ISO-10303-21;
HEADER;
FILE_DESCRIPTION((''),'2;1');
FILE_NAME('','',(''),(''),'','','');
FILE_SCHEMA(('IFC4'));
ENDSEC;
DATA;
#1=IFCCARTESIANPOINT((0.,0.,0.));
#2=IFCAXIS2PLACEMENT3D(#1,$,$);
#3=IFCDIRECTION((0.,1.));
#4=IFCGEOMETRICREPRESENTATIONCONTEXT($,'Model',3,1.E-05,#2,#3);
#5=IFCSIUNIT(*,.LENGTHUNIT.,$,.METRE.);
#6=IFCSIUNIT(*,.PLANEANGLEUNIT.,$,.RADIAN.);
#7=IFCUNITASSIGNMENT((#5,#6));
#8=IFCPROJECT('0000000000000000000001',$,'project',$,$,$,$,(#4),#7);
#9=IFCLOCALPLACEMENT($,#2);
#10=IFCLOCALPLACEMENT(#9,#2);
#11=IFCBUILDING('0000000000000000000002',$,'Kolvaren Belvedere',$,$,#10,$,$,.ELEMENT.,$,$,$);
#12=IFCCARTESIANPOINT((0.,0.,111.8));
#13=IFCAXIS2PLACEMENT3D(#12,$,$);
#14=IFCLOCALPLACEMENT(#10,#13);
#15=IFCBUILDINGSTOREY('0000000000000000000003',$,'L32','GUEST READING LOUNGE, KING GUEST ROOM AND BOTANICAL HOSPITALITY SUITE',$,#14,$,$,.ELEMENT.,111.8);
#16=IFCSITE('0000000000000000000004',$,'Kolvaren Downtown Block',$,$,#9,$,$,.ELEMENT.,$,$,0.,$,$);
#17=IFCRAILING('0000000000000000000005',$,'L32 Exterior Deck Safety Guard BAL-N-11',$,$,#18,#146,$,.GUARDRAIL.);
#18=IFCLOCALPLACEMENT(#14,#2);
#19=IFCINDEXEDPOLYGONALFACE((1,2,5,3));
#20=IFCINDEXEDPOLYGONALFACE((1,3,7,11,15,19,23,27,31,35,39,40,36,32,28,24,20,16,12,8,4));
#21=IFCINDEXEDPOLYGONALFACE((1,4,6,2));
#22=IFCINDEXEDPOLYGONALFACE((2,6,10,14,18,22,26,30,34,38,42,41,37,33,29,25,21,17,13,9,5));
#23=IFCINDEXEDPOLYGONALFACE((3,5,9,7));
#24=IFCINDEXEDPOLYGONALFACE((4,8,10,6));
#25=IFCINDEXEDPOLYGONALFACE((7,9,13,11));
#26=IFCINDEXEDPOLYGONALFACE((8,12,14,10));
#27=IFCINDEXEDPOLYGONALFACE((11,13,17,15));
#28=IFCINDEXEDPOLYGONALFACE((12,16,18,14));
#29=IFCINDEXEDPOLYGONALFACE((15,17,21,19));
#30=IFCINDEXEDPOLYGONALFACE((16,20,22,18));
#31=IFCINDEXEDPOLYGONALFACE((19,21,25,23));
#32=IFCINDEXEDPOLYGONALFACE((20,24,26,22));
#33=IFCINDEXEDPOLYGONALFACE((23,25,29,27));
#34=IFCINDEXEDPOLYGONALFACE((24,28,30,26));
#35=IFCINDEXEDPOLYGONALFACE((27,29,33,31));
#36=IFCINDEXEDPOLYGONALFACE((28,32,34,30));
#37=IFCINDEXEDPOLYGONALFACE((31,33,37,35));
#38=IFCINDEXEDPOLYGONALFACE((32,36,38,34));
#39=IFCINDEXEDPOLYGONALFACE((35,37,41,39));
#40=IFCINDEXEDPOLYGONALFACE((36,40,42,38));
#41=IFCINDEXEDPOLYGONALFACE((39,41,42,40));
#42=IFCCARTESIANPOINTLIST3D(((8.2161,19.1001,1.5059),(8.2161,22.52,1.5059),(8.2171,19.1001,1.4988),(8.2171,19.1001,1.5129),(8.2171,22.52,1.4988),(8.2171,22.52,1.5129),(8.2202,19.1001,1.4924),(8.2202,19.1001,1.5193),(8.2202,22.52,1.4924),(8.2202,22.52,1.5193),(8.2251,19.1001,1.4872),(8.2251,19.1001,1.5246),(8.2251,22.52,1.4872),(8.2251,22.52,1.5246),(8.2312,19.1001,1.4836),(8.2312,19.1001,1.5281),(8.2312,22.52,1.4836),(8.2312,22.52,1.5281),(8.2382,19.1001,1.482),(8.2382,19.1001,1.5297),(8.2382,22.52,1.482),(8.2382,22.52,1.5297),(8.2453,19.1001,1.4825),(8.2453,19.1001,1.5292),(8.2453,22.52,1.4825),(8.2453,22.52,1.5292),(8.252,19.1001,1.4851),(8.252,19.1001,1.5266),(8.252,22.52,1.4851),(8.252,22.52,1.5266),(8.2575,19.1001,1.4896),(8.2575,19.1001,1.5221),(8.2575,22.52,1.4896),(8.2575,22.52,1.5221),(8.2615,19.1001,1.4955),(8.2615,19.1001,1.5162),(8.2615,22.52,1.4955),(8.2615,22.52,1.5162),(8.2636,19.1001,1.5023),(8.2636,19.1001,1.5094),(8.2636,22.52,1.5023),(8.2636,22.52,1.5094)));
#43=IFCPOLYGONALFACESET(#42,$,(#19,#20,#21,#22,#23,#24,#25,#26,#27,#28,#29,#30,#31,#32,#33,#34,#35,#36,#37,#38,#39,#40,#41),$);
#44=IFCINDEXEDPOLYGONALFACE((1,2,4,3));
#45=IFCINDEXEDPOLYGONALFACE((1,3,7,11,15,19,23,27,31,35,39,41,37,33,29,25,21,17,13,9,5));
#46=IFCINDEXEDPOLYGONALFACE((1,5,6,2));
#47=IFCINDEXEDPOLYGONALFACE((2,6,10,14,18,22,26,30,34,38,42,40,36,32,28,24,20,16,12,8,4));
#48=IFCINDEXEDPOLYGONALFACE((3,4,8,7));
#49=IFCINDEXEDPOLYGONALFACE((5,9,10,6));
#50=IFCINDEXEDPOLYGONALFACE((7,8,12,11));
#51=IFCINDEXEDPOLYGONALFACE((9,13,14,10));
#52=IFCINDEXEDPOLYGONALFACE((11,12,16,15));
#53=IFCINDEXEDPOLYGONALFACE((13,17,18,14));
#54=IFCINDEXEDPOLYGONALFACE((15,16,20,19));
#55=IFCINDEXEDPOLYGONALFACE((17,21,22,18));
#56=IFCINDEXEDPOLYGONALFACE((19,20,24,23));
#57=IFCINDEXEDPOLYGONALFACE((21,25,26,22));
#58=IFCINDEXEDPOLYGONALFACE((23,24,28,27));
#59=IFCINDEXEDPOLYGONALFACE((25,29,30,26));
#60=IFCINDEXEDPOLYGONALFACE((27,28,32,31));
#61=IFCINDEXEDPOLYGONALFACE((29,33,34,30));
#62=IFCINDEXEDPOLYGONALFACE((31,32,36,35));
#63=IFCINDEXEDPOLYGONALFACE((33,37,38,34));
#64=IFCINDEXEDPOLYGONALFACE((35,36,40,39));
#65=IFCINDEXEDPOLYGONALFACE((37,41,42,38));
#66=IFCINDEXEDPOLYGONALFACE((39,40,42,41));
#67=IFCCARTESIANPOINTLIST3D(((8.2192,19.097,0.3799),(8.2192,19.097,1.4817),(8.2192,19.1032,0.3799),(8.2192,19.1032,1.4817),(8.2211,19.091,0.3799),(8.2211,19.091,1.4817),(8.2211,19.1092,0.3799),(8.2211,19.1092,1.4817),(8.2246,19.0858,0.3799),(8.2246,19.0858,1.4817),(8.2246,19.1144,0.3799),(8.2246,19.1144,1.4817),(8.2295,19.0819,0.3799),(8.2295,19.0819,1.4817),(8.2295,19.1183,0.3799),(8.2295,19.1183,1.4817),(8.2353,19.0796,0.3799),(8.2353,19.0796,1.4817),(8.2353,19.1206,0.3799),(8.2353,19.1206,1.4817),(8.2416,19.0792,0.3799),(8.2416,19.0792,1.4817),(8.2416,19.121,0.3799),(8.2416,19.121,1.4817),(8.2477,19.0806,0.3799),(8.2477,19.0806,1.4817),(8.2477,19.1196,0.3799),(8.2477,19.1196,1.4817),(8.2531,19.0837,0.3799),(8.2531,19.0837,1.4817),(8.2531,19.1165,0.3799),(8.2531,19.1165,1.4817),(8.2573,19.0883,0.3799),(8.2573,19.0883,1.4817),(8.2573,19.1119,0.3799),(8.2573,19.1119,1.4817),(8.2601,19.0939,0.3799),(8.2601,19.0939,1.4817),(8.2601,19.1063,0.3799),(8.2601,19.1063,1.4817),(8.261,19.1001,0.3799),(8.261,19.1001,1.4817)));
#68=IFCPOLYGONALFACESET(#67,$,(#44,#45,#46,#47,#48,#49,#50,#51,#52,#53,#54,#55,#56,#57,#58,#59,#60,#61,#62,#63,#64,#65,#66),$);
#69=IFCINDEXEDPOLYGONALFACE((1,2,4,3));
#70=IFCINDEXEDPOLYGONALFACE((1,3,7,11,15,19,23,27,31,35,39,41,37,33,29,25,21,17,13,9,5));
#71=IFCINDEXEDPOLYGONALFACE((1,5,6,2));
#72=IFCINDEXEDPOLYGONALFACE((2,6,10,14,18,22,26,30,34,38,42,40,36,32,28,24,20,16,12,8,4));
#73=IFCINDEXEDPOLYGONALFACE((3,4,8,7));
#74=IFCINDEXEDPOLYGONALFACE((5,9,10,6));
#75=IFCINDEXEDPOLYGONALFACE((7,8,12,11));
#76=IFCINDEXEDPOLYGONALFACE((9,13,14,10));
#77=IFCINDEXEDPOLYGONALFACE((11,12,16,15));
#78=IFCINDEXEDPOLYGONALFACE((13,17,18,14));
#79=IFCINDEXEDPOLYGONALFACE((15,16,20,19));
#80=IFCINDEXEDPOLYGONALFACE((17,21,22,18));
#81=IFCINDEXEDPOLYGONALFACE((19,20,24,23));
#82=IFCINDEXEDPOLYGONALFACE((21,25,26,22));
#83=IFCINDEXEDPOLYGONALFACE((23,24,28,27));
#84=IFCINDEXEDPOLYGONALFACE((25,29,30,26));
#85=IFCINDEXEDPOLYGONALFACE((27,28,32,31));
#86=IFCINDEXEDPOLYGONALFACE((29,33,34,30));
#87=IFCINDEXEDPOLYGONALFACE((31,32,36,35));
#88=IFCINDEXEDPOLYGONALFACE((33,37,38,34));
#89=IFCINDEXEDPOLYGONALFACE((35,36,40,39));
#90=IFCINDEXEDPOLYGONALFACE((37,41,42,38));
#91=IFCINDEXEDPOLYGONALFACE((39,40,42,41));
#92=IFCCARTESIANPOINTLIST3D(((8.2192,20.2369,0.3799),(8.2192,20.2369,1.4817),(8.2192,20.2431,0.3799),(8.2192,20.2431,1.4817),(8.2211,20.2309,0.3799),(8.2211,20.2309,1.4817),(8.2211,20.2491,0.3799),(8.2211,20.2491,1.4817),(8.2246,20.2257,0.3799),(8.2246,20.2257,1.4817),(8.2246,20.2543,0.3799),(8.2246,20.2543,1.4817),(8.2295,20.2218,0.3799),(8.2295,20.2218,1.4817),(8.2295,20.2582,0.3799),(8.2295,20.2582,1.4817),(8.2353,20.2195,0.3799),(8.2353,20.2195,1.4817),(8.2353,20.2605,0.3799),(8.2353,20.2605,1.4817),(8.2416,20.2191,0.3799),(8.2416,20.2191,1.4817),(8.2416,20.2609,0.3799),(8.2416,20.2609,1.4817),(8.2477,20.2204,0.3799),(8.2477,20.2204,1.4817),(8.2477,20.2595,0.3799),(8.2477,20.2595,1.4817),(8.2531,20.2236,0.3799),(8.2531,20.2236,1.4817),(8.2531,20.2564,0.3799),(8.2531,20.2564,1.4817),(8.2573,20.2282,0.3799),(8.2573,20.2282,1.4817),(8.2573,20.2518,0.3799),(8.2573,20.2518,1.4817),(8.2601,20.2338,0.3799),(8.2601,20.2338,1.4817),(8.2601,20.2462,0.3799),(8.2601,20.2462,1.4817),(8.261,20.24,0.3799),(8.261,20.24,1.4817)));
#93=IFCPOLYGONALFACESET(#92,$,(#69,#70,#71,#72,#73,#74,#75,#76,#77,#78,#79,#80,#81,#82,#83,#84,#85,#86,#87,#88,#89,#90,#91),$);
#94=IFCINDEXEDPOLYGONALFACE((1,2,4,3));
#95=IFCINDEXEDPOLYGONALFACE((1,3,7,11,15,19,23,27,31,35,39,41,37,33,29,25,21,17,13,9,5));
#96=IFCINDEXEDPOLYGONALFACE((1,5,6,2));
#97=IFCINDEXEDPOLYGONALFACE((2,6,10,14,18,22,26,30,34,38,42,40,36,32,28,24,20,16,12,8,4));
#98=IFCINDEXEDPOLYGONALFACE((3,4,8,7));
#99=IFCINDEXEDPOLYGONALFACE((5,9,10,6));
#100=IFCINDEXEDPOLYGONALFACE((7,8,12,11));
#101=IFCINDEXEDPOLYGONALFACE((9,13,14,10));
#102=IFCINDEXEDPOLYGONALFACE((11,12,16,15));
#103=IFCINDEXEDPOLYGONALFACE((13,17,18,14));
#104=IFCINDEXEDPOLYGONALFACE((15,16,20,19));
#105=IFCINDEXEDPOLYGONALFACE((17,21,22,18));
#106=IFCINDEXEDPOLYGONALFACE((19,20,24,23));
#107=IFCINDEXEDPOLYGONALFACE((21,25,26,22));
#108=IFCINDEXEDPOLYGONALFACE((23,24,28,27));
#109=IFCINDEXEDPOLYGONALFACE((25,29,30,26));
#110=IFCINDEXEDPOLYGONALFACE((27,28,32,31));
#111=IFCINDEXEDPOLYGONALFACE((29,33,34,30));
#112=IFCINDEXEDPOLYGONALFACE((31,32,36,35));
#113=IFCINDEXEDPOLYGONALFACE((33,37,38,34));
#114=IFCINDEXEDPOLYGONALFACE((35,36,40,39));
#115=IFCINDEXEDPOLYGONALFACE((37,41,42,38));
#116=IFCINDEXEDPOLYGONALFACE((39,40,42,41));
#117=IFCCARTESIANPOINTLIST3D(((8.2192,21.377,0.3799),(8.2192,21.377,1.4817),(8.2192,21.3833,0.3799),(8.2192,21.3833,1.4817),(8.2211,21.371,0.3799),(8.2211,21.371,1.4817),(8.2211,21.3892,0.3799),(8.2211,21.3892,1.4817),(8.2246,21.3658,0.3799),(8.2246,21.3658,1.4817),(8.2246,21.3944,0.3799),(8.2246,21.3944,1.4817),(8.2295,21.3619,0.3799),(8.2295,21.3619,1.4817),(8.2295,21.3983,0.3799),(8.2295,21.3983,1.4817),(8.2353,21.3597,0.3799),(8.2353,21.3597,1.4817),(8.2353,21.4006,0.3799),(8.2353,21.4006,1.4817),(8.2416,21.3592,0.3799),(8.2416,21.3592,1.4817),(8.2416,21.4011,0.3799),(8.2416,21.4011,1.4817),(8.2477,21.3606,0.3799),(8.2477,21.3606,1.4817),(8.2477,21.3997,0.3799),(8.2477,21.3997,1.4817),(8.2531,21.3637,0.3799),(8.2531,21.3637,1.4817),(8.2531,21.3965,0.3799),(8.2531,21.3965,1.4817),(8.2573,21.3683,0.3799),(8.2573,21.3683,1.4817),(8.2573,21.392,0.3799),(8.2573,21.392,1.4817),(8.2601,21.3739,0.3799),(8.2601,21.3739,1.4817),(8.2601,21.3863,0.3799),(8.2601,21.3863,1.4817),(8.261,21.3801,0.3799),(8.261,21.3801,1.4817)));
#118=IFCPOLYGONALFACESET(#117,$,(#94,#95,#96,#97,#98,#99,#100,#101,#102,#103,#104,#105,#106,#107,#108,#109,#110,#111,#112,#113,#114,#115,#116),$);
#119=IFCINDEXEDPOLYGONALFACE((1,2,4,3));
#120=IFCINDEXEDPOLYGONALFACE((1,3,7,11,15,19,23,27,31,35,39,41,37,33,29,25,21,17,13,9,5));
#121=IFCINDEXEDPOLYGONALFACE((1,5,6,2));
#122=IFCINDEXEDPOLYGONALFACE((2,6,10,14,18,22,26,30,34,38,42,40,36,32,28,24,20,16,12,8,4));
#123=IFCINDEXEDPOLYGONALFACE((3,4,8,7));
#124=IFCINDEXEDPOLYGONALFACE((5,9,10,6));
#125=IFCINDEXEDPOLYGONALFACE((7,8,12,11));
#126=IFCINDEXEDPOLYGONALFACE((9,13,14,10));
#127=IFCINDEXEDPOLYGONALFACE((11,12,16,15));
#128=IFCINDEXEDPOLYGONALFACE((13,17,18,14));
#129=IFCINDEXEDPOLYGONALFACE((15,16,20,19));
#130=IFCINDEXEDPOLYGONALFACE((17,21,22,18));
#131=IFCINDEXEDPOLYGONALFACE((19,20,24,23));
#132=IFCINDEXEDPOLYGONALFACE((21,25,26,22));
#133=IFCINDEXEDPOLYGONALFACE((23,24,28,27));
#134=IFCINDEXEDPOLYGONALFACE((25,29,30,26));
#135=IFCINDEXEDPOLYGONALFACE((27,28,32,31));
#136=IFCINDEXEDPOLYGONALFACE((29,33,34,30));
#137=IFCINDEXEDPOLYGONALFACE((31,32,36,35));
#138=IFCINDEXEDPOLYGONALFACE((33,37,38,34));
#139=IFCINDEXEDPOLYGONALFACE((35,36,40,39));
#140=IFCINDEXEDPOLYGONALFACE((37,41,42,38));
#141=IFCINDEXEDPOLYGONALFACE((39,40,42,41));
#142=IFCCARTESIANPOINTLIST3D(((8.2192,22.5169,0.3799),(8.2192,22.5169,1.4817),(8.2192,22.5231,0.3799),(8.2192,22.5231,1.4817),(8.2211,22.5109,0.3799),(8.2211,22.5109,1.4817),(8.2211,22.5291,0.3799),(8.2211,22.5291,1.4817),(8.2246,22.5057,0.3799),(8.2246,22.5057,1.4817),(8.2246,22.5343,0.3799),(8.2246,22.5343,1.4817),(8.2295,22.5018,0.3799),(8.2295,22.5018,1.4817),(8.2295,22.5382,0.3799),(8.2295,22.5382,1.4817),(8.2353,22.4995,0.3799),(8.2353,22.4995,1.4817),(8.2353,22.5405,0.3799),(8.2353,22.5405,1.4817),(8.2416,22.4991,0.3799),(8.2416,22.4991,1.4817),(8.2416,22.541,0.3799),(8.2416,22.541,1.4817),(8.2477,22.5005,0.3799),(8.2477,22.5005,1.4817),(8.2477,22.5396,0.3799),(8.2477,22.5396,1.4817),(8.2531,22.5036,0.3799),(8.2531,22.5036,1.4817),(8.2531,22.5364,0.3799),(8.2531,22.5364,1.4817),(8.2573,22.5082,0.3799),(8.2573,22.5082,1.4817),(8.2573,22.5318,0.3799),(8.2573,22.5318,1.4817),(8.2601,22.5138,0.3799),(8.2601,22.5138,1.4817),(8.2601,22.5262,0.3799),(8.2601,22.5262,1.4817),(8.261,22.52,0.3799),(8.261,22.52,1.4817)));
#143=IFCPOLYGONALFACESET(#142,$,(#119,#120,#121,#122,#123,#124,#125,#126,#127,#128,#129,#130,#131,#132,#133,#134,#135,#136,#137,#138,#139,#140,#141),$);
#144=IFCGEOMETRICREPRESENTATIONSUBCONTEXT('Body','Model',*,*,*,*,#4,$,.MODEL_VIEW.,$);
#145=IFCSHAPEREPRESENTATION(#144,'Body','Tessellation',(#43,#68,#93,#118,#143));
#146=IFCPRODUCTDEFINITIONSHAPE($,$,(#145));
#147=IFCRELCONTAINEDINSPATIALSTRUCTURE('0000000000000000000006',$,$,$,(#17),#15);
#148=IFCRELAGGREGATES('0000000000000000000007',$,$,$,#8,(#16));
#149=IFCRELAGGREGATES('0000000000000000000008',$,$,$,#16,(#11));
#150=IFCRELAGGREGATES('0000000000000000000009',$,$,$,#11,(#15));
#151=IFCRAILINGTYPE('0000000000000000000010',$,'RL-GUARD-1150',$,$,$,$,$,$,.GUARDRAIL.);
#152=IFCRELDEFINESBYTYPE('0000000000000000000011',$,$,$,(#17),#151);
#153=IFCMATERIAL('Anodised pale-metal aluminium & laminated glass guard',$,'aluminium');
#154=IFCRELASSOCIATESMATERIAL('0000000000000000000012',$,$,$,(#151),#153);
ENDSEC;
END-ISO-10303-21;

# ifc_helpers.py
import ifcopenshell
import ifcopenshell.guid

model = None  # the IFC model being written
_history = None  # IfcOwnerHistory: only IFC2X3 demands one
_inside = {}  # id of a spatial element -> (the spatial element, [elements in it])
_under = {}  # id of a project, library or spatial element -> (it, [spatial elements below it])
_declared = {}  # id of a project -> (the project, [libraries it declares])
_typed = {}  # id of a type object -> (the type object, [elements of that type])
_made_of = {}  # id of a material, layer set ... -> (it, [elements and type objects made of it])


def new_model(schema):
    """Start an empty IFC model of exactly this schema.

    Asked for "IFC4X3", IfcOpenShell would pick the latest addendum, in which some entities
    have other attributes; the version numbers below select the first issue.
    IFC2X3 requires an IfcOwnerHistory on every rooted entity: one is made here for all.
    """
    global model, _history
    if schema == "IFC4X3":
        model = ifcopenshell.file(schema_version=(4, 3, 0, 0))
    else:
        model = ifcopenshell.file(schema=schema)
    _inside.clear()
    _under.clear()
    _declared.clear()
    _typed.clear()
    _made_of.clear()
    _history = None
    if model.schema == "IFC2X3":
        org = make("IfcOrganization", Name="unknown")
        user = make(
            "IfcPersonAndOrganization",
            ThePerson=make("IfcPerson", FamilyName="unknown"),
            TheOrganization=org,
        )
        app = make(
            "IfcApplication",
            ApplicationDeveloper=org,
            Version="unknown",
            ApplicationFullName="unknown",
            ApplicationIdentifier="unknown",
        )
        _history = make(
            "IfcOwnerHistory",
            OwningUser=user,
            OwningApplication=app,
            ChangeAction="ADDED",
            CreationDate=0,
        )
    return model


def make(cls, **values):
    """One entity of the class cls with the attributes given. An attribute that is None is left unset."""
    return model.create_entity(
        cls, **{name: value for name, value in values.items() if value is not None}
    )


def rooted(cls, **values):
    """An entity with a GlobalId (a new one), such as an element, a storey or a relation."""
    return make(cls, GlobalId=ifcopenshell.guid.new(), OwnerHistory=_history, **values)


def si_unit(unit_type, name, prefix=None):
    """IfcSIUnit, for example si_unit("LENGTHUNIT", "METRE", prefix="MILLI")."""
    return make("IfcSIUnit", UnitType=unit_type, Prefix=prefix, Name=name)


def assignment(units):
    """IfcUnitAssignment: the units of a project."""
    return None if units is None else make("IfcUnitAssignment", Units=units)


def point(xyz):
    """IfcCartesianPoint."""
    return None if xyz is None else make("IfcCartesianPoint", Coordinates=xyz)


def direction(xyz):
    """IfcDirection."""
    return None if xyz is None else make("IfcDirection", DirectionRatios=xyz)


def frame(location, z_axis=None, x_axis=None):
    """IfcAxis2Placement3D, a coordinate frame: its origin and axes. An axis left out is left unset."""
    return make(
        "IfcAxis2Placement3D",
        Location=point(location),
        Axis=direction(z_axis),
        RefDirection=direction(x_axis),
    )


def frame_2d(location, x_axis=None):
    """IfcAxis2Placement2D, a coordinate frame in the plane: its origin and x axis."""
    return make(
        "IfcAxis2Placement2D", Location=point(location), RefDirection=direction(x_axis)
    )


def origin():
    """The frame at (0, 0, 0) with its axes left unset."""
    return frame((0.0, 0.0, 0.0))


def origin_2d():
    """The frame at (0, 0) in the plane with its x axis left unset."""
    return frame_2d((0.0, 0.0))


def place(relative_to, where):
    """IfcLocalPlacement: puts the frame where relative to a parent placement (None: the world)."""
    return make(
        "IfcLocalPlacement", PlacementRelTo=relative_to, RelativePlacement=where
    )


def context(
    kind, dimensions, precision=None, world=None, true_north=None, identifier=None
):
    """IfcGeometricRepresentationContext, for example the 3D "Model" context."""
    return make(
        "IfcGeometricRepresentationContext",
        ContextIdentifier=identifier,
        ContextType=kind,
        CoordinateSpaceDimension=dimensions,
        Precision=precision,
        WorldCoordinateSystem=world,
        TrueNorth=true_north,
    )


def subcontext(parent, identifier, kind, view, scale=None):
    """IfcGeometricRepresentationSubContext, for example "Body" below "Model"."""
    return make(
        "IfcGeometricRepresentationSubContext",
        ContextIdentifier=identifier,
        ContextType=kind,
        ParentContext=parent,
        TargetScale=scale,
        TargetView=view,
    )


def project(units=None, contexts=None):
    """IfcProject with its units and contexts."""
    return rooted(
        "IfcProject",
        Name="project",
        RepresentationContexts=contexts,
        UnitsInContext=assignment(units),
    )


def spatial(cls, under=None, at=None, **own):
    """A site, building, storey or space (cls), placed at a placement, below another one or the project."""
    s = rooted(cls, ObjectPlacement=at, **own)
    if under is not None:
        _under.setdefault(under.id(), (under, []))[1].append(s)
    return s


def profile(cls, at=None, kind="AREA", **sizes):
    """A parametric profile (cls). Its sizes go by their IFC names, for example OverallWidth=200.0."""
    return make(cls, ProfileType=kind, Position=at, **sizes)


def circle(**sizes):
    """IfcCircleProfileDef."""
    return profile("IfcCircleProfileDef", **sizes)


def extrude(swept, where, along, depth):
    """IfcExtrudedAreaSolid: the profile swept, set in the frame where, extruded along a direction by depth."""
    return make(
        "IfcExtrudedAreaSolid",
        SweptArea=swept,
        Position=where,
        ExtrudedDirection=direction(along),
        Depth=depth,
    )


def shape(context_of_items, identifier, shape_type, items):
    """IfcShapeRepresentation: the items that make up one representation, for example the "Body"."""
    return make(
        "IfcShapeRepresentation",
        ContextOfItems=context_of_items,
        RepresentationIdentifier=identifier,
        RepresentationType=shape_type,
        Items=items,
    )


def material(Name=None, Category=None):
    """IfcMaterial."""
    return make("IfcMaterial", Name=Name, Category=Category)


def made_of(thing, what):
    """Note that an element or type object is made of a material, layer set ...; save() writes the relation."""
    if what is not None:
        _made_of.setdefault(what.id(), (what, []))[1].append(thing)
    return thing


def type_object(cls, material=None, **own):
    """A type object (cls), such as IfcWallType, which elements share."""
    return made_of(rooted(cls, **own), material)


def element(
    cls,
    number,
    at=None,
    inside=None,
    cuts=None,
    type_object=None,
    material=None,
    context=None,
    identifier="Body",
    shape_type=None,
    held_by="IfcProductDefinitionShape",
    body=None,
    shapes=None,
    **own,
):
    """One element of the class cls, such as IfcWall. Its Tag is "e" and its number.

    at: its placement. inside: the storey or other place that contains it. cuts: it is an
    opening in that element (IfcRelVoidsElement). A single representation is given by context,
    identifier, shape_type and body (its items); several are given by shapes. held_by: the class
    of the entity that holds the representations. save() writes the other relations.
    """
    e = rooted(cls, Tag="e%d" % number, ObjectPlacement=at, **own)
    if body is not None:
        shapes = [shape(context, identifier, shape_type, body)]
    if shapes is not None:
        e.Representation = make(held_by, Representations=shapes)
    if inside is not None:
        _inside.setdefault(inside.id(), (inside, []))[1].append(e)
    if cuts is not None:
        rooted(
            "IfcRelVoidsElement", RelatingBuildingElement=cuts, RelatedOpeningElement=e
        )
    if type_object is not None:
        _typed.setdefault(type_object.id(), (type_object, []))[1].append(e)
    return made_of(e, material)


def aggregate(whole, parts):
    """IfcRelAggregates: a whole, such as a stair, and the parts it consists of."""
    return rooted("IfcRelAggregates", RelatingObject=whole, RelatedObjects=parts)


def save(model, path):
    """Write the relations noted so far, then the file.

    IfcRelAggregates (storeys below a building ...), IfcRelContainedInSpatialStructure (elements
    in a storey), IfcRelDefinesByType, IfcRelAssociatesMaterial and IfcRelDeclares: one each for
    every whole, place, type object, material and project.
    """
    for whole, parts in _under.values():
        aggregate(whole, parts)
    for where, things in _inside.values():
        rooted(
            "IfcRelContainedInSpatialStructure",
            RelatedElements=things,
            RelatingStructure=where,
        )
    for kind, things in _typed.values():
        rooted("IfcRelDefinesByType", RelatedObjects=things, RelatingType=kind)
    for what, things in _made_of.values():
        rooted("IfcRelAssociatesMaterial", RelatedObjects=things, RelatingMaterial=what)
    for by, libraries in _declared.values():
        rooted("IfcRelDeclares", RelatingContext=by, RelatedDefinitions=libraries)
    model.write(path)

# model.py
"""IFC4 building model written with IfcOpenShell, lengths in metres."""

from ifc_helpers import new_model, si_unit, direction, frame, origin, origin_2d, place, context, subcontext, project, spatial, circle, extrude, material, type_object, element, save


model = new_model("IFC4")

# Units and contexts
model_context = context("Model", 3, precision=1e-05, world=origin(), true_north=direction((0.0, 1.0)))
body_context = subcontext(model_context, "Body", "Model", "MODEL_VIEW")
ifc_project = project(units=[si_unit("LENGTHUNIT", "METRE"), si_unit("PLANEANGLEUNIT", "RADIAN")], contexts=[model_context])

# Site, building, storey
site_placement = place(None, origin())
site = spatial("IfcSite", under=ifc_project, at=site_placement, Name="Kolvaren Downtown Block", CompositionType="ELEMENT", RefElevation=0.0)
building_placement = place(site_placement, origin())
building = spatial("IfcBuilding", under=site, at=building_placement, Name="Kolvaren Belvedere", CompositionType="ELEMENT")
storey_placement = place(building_placement, frame((0.0, 0.0, 111.8)))
storey = spatial("IfcBuildingStorey", under=building, at=storey_placement, Name="L32", Description="GUEST READING LOUNGE, KING GUEST ROOM AND BOTANICAL HOSPITALITY SUITE", CompositionType="ELEMENT", Elevation=111.8)

# Railing
ifc_material_1 = material(Name="Anodised pale-metal aluminium & laminated glass guard", Category="aluminium")
railing_type = type_object("IfcRailingType", Name="RL-GUARD-1150", PredefinedType="GUARDRAIL", material=ifc_material_1)
railing_1_placement = place(storey_placement, frame((8.24, 19.1001, 0.3799)))
element("IfcRailing", 1, at=railing_1_placement, inside=storey, type_object=railing_type, Name="L32 Exterior Deck Safety Guard BAL-N-11", PredefinedType="GUARDRAIL", context=body_context, shape_type="SweptSolid", body=[
    extrude(circle(Radius=0.0239, at=origin_2d()), frame((0.0, 0.0, 1.126), z_axis=(0.0, 1.0, 0.0), x_axis=(-1.0, 0.0, 0.0)), (0.0, 0.0, 1.0), 3.4199),
    extrude(circle(Radius=0.021, at=origin_2d()), origin(), (0.0, 0.0, 1.0), 1.1018),
    extrude(circle(Radius=0.021, at=origin_2d()), frame((0.0, 1.1399, 0.0)), (0.0, 0.0, 1.0), 1.1018),
    extrude(circle(Radius=0.021, at=origin_2d()), frame((0.0, 2.28, 0.0)), (0.0, 0.0, 1.0), 1.1018),
    extrude(circle(Radius=0.021, at=origin_2d()), frame((0.0, 3.4199, 0.0)), (0.0, 0.0, 1.0), 1.1018),
])

save(model, "model.ifc")
